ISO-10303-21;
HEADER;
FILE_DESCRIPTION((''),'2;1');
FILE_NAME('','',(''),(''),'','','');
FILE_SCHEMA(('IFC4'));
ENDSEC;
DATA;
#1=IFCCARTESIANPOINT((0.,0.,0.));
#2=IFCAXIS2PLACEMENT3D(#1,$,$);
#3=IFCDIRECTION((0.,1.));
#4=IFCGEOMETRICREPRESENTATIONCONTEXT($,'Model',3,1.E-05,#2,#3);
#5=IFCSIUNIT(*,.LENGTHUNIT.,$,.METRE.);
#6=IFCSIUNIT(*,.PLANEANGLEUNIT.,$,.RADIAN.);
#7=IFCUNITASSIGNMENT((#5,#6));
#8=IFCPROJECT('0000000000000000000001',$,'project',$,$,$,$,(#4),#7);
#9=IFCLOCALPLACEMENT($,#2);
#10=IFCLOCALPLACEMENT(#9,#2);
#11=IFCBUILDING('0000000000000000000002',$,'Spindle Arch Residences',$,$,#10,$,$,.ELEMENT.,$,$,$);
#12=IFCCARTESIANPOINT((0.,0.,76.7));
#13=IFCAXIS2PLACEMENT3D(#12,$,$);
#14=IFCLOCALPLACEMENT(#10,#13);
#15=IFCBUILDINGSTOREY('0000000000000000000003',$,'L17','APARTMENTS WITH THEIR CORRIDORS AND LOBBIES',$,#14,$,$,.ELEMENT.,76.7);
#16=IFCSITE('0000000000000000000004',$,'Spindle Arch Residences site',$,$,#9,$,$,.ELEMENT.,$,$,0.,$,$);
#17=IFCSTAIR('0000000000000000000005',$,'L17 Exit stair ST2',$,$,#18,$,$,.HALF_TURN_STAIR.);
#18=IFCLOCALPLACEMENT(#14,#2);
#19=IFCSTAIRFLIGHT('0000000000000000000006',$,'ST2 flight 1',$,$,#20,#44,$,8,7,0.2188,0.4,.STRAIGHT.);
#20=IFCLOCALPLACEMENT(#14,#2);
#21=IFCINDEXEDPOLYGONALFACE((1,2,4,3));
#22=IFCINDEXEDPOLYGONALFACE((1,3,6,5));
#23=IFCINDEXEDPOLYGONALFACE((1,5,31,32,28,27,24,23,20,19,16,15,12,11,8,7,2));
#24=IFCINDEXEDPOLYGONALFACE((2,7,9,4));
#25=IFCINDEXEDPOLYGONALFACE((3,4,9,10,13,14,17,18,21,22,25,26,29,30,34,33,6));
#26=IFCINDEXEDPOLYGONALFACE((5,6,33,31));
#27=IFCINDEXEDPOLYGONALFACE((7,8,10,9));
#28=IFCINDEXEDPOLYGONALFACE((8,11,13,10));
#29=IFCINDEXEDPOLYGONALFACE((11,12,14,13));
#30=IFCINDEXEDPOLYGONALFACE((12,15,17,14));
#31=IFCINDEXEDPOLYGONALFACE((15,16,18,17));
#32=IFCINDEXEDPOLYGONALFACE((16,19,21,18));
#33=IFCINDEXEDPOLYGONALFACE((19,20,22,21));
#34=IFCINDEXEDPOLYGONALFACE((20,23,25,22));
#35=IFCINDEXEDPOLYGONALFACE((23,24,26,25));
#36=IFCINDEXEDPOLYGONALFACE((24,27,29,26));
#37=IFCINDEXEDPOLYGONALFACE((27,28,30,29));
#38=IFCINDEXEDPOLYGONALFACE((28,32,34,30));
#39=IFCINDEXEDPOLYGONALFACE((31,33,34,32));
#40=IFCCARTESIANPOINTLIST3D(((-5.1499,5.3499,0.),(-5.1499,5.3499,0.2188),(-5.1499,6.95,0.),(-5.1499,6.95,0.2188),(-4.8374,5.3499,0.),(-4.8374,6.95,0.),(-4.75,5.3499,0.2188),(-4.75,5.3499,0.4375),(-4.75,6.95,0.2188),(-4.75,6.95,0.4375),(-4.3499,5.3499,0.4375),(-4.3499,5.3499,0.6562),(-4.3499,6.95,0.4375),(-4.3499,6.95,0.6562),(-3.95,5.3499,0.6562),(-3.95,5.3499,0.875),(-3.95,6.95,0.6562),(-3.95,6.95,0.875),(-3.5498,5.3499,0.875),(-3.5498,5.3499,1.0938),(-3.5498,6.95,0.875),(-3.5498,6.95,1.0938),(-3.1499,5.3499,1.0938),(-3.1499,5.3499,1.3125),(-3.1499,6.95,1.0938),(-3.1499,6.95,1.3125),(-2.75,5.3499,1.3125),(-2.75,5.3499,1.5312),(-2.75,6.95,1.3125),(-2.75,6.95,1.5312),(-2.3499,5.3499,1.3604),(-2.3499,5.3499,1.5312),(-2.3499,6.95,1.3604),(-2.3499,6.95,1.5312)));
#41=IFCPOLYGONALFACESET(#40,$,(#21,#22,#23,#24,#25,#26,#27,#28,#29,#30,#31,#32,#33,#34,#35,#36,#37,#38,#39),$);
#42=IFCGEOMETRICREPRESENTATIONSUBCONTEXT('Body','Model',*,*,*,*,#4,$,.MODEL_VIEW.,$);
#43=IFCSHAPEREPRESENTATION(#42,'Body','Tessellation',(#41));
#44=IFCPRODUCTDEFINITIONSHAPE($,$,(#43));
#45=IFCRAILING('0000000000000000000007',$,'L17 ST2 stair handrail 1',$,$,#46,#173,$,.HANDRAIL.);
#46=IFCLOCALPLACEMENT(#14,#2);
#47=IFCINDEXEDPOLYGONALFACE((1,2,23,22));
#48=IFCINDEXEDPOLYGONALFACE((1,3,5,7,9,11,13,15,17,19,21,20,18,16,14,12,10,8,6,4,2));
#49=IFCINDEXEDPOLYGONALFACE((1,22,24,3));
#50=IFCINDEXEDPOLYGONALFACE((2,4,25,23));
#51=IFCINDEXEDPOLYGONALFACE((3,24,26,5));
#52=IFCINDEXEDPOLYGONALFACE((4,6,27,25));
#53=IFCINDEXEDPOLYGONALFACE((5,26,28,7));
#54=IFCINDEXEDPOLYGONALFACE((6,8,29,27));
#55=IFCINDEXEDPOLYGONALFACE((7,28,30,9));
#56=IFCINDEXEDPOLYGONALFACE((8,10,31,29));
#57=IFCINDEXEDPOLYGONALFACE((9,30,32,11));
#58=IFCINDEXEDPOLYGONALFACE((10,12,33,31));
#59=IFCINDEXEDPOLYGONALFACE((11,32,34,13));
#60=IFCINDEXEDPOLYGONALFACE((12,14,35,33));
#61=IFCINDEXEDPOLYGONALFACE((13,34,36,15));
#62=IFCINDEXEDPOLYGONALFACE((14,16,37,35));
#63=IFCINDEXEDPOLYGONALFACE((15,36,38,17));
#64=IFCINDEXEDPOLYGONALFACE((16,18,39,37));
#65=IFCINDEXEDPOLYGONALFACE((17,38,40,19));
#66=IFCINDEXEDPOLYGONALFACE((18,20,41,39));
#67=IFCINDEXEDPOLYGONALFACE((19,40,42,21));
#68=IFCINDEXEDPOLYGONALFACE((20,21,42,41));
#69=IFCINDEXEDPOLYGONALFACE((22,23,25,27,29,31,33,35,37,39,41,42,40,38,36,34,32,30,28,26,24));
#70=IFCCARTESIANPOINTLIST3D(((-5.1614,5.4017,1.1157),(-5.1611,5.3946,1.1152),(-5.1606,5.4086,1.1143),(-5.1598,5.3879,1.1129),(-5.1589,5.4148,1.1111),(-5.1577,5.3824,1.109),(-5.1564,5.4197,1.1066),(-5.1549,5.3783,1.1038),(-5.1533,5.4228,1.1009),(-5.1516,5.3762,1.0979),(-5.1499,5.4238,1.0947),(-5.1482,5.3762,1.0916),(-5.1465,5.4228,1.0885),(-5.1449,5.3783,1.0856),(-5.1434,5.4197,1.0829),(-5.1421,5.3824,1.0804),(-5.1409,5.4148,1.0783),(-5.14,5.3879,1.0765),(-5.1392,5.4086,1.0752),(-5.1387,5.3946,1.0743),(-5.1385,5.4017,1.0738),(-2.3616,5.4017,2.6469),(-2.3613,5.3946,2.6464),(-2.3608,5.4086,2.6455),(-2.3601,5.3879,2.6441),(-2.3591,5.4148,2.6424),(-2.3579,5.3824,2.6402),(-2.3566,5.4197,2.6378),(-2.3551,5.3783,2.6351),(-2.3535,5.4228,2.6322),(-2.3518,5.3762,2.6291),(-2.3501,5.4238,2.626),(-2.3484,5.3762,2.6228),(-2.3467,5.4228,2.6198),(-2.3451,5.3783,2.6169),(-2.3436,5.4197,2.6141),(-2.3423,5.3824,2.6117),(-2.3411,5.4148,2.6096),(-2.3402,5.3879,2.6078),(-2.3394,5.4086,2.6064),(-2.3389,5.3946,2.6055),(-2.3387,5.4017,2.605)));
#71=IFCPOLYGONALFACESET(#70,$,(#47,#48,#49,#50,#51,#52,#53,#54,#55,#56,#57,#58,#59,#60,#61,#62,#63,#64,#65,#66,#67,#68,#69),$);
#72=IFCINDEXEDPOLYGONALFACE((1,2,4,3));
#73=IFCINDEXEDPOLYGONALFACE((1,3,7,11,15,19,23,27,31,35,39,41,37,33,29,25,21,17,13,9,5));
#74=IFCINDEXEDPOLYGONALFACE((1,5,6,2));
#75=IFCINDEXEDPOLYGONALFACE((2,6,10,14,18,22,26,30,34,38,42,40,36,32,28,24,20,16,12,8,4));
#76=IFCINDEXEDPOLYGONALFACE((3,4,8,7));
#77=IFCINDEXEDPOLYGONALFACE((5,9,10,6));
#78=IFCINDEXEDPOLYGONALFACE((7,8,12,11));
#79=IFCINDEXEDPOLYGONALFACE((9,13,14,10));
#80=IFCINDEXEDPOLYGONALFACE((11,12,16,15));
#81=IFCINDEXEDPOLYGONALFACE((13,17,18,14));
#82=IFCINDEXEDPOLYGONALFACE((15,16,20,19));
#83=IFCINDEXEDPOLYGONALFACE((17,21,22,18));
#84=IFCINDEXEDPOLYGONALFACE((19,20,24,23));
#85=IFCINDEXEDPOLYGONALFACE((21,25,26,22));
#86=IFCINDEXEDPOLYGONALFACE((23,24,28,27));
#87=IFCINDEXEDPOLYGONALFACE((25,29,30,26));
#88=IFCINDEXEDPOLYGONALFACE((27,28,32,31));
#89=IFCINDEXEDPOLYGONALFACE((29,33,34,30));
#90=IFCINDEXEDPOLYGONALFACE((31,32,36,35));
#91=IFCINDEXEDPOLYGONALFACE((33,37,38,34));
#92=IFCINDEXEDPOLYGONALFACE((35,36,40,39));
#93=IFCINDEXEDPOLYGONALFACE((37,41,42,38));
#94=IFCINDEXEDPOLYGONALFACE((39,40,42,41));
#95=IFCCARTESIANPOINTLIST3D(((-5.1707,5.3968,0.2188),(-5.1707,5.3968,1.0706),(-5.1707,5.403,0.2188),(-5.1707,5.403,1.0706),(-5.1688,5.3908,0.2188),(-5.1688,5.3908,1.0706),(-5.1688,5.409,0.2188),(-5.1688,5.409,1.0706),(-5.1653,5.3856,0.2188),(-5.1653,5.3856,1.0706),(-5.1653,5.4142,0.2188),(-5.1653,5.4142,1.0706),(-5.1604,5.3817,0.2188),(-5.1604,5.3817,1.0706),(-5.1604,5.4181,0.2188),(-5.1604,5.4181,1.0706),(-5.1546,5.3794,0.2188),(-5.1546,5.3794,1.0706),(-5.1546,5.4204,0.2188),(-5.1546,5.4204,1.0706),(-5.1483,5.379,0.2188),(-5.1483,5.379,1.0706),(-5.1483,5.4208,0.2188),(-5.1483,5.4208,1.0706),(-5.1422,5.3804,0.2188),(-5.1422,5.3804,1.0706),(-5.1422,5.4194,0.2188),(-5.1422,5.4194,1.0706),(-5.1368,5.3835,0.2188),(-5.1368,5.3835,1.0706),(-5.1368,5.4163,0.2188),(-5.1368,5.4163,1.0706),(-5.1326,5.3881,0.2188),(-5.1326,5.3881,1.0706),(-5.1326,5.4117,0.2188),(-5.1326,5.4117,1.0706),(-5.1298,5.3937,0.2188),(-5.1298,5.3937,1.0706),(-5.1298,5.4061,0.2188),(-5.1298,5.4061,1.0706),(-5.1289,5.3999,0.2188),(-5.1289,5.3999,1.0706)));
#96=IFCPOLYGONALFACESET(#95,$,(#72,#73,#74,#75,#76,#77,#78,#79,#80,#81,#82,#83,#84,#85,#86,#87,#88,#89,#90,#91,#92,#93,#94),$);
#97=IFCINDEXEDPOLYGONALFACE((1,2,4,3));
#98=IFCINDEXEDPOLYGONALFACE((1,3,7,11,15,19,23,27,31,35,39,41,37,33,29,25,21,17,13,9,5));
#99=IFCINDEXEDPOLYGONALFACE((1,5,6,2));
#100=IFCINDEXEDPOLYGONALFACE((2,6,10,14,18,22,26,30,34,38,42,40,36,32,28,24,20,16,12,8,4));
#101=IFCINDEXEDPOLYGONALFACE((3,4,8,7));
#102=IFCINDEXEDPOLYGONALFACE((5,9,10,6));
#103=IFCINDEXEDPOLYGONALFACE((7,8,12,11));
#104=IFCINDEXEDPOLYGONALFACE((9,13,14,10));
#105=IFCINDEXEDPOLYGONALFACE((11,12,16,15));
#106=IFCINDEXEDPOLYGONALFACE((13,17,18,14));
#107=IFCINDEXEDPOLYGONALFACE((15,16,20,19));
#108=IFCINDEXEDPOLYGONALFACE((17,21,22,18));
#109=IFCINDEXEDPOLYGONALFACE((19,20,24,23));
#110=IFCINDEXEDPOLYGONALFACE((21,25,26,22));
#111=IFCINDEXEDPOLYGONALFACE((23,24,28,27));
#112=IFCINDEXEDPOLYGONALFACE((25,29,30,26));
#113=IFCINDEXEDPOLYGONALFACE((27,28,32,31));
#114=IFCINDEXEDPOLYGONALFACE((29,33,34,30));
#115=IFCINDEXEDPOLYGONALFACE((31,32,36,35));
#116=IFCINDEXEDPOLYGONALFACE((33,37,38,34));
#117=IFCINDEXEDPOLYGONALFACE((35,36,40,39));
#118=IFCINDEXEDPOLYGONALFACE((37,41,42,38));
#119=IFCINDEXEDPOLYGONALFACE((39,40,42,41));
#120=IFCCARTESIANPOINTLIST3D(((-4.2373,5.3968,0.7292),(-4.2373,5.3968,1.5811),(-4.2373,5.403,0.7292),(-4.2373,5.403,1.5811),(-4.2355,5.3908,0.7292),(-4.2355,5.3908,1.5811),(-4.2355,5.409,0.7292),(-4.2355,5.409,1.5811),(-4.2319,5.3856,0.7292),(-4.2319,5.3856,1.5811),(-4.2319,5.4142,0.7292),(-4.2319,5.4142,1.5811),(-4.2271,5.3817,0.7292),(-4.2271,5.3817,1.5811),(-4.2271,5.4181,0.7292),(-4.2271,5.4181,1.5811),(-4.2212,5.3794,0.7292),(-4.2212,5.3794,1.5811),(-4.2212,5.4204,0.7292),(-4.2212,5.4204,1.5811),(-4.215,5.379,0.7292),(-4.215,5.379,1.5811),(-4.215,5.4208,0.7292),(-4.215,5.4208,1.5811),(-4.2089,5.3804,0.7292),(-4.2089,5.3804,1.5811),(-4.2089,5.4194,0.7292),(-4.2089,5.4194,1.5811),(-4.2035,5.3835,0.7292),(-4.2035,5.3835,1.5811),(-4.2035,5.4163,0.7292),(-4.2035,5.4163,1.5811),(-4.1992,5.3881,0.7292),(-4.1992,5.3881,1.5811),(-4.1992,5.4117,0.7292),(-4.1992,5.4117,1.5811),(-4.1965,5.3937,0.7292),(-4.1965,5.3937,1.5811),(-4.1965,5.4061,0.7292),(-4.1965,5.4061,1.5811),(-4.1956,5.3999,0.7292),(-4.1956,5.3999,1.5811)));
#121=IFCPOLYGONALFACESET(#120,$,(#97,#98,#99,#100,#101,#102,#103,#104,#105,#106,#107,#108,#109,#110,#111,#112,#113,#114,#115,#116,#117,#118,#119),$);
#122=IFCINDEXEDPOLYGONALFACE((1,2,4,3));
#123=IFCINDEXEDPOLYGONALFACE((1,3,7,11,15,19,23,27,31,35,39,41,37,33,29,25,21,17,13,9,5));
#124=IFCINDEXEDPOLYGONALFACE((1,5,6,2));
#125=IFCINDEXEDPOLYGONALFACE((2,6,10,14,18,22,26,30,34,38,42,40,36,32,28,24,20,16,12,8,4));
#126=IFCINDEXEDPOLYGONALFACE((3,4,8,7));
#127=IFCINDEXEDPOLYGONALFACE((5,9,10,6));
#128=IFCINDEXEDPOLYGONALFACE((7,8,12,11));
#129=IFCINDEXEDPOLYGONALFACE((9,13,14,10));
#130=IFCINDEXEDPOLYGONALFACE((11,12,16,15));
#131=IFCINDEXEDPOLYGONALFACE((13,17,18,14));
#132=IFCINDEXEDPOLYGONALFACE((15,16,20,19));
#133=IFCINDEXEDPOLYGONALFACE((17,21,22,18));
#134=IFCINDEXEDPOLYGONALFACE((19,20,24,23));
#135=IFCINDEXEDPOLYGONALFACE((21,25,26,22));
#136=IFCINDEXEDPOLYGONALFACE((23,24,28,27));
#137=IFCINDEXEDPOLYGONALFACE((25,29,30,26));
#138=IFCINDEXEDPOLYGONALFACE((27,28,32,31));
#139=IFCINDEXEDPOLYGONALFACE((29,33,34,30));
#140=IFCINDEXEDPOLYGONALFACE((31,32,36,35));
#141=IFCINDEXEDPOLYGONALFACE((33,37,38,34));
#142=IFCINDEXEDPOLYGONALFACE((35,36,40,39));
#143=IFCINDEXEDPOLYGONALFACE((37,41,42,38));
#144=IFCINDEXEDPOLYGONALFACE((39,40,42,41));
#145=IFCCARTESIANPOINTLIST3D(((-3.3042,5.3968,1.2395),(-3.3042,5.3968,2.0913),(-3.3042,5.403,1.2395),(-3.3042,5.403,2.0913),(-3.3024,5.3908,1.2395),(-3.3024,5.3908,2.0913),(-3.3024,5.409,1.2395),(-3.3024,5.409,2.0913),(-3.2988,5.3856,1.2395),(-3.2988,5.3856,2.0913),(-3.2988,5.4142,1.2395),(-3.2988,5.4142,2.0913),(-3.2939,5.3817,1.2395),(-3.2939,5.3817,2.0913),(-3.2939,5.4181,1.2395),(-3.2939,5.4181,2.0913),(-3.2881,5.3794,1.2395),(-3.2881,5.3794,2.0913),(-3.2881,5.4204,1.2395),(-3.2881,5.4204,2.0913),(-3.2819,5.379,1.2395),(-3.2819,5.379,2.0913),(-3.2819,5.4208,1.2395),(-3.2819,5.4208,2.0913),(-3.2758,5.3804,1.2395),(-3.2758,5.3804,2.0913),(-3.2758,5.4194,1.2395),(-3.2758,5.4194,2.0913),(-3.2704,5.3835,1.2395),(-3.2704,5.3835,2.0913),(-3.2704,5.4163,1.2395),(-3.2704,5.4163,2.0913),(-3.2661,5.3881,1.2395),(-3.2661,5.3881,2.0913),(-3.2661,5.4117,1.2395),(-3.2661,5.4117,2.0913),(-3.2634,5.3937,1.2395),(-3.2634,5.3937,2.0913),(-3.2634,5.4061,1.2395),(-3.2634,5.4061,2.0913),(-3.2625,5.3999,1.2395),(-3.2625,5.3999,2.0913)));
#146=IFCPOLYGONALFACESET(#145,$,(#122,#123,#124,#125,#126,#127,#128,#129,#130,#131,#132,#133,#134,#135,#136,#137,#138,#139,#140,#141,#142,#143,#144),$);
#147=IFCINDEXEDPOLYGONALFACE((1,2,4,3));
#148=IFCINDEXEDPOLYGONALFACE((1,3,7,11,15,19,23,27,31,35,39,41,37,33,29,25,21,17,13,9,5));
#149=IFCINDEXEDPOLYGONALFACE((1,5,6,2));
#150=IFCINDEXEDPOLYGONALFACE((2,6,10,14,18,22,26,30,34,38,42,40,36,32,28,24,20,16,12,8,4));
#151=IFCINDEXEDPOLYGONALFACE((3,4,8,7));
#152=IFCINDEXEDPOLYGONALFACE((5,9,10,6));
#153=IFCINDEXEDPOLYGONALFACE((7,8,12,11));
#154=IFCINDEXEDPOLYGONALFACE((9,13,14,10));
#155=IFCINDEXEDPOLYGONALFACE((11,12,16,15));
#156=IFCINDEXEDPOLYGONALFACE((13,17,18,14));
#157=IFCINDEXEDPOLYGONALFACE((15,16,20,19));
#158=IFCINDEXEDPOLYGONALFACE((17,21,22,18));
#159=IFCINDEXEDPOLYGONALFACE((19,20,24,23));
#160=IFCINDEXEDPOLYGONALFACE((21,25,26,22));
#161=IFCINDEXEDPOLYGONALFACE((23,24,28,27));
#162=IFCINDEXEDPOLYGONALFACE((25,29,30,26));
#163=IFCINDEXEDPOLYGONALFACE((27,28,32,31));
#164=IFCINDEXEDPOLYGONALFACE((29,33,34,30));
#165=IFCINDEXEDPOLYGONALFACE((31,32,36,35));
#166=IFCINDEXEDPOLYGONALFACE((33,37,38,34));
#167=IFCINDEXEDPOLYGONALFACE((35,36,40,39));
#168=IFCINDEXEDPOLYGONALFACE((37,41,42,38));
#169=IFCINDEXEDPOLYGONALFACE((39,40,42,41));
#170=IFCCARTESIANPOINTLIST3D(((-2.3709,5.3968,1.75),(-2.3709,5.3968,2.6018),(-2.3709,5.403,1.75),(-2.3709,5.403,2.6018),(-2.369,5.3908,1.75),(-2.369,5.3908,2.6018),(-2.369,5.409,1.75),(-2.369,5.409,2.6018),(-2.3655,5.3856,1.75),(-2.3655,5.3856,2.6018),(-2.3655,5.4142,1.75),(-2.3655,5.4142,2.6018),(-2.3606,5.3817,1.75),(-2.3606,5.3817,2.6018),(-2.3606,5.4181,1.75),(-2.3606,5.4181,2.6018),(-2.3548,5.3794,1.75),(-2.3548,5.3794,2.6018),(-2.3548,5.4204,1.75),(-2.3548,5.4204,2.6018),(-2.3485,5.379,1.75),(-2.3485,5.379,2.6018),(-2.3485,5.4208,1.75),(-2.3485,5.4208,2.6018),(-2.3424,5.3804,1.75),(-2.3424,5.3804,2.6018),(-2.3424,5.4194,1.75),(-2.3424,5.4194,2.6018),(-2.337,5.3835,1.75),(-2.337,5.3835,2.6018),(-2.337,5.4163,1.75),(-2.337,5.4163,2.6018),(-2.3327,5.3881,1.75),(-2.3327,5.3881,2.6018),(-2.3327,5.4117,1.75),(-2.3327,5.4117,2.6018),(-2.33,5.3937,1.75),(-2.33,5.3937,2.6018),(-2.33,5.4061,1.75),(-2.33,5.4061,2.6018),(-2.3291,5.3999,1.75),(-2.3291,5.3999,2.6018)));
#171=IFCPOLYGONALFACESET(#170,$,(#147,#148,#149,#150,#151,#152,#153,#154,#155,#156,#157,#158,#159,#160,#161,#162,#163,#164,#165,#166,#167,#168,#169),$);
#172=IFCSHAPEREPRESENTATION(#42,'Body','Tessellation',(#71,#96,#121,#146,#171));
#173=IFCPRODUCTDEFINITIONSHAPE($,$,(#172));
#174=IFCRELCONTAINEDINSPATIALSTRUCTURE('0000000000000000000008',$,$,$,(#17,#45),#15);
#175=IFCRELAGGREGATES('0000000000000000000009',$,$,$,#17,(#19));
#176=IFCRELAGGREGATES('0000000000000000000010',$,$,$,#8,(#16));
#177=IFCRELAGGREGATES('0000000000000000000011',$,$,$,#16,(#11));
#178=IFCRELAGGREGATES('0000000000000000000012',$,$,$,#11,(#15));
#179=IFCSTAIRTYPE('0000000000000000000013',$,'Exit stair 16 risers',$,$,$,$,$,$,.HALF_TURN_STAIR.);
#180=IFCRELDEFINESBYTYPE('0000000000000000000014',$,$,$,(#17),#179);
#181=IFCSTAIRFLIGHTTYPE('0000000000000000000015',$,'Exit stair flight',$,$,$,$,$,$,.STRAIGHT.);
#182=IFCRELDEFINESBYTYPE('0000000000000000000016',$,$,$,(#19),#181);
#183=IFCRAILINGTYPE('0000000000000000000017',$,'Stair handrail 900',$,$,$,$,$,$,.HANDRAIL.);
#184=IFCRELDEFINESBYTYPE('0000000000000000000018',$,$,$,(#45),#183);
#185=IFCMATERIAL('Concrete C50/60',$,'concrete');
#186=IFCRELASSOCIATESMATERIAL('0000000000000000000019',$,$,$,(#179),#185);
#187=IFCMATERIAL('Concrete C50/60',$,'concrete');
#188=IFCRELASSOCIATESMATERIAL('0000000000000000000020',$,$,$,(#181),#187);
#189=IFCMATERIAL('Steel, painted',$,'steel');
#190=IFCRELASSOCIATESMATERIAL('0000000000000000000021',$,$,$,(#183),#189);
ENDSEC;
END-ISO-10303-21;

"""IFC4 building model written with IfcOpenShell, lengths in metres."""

from ifc_helpers import new_model, si_unit, direction, frame, origin, origin_2d, place, context, subcontext, project, spatial, polyline, circle, outline, extrude, material, type_object, element, aggregate, save


model = new_model("IFC4")

# Units and contexts
model_context = context("Model", 3, precision=1e-05, world=origin(), true_north=direction((0.0, 1.0)))
body_context = subcontext(model_context, "Body", "Model", "MODEL_VIEW")
ifc_project = project(units=[si_unit("LENGTHUNIT", "METRE"), si_unit("PLANEANGLEUNIT", "RADIAN")], contexts=[model_context])

# Site, building, storey
site_placement = place(None, origin())
site = spatial("IfcSite", under=ifc_project, at=site_placement, Name="Spindle Arch Residences site", CompositionType="ELEMENT", RefElevation=0.0)
building_placement = place(site_placement, origin())
building = spatial("IfcBuilding", under=site, at=building_placement, Name="Spindle Arch Residences", CompositionType="ELEMENT")
storey_placement = place(building_placement, frame((0.0, 0.0, 76.7)))
storey = spatial("IfcBuildingStorey", under=building, at=storey_placement, Name="L17", Description="APARTMENTS WITH THEIR CORRIDORS AND LOBBIES", CompositionType="ELEMENT", Elevation=76.7)

# Stair, stair flight
ifc_material_1 = material(Name="Concrete C50/60", Category="concrete")
stair_type = type_object("IfcStairType", Name="Exit stair 16 risers", PredefinedType="HALF_TURN_STAIR", material=ifc_material_1)
stair_placement = place(storey_placement, origin())
stair = element("IfcStair", 1, at=stair_placement, inside=storey, type_object=stair_type, Name="L17 Exit stair ST2", PredefinedType="HALF_TURN_STAIR")
ifc_material_2 = material(Name="Concrete C50/60", Category="concrete")
stair_flight_type = type_object("IfcStairFlightType", Name="Exit stair flight", PredefinedType="STRAIGHT", material=ifc_material_2)
stair_flight_placement = place(storey_placement, frame((-5.1499, 6.1499, 0.0), z_axis=(0.0, 0.0, 1.0), x_axis=(1.0, 0.0, 0.0)))
stair_flight = element("IfcStairFlight", 2, at=stair_flight_placement, type_object=stair_flight_type, Name="ST2 flight 1", NumberOfRisers=8, NumberOfTreads=7, PredefinedType="STRAIGHT", RiserHeight=0.2188, TreadLength=0.4, context=body_context, shape_type="SweptSolid", body=[
    extrude(outline(polyline([(0.0, 0.0), (0.0, 0.2188), (0.3999, 0.2188), (0.3999, 0.4375), (0.8, 0.4375), (0.8, 0.6562), (1.2, 0.6562), (1.2, 0.875), (1.6001, 0.875), (1.6001, 1.0938), (2.0, 1.0938), (2.0, 1.3125), (2.3999, 1.3125), (2.3999, 1.5312), (2.8, 1.5312), (2.8, 1.75), (2.8, 1.3604), (0.3125, 0.0), (0.0, 0.0)])), frame((0.0, 0.8, 0.0), z_axis=(0.0, -1.0, 0.0), x_axis=(1.0, 0.0, 0.0)), (0.0, 0.0, 1.0), 1.6001),
])
aggregate(stair, [stair_flight])

# Railing
ifc_material_3 = material(Name="Steel, painted", Category="steel")
railing_type_1 = type_object("IfcRailingType", Name="Stair handrail 900", PredefinedType="HANDRAIL", material=ifc_material_3)
railing_1_placement = place(storey_placement, frame((-5.1499, 5.3999, 0.2188)))
element("IfcRailing", 3, at=railing_1_placement, inside=storey, type_object=railing_type_1, Name="L17 ST2 stair handrail 1", PredefinedType="HANDRAIL", context=body_context, shape_type="SweptSolid", body=[
    extrude(circle(Radius=0.0239, at=origin_2d()), frame((0.0, 0.0, 0.876), z_axis=(0.877357, 0.0, 0.479838), x_axis=(0.0, 1.0, 0.0)), (0.0, 0.0, 1.0), 3.1912),
    extrude(circle(Radius=0.021, at=origin_2d()), origin(), (0.0, 0.0, 1.0), 0.8518),
    extrude(circle(Radius=0.021, at=origin_2d()), frame((0.9333, 0.0, 0.5105)), (0.0, 0.0, 1.0), 0.8518),
    extrude(circle(Radius=0.021, at=origin_2d()), frame((1.8665, 0.0, 1.0208)), (0.0, 0.0, 1.0), 0.8518),
    extrude(circle(Radius=0.021, at=origin_2d()), frame((2.7998, 0.0, 1.5312)), (0.0, 0.0, 1.0), 0.8518),
])

save(model, "model.ifc")
